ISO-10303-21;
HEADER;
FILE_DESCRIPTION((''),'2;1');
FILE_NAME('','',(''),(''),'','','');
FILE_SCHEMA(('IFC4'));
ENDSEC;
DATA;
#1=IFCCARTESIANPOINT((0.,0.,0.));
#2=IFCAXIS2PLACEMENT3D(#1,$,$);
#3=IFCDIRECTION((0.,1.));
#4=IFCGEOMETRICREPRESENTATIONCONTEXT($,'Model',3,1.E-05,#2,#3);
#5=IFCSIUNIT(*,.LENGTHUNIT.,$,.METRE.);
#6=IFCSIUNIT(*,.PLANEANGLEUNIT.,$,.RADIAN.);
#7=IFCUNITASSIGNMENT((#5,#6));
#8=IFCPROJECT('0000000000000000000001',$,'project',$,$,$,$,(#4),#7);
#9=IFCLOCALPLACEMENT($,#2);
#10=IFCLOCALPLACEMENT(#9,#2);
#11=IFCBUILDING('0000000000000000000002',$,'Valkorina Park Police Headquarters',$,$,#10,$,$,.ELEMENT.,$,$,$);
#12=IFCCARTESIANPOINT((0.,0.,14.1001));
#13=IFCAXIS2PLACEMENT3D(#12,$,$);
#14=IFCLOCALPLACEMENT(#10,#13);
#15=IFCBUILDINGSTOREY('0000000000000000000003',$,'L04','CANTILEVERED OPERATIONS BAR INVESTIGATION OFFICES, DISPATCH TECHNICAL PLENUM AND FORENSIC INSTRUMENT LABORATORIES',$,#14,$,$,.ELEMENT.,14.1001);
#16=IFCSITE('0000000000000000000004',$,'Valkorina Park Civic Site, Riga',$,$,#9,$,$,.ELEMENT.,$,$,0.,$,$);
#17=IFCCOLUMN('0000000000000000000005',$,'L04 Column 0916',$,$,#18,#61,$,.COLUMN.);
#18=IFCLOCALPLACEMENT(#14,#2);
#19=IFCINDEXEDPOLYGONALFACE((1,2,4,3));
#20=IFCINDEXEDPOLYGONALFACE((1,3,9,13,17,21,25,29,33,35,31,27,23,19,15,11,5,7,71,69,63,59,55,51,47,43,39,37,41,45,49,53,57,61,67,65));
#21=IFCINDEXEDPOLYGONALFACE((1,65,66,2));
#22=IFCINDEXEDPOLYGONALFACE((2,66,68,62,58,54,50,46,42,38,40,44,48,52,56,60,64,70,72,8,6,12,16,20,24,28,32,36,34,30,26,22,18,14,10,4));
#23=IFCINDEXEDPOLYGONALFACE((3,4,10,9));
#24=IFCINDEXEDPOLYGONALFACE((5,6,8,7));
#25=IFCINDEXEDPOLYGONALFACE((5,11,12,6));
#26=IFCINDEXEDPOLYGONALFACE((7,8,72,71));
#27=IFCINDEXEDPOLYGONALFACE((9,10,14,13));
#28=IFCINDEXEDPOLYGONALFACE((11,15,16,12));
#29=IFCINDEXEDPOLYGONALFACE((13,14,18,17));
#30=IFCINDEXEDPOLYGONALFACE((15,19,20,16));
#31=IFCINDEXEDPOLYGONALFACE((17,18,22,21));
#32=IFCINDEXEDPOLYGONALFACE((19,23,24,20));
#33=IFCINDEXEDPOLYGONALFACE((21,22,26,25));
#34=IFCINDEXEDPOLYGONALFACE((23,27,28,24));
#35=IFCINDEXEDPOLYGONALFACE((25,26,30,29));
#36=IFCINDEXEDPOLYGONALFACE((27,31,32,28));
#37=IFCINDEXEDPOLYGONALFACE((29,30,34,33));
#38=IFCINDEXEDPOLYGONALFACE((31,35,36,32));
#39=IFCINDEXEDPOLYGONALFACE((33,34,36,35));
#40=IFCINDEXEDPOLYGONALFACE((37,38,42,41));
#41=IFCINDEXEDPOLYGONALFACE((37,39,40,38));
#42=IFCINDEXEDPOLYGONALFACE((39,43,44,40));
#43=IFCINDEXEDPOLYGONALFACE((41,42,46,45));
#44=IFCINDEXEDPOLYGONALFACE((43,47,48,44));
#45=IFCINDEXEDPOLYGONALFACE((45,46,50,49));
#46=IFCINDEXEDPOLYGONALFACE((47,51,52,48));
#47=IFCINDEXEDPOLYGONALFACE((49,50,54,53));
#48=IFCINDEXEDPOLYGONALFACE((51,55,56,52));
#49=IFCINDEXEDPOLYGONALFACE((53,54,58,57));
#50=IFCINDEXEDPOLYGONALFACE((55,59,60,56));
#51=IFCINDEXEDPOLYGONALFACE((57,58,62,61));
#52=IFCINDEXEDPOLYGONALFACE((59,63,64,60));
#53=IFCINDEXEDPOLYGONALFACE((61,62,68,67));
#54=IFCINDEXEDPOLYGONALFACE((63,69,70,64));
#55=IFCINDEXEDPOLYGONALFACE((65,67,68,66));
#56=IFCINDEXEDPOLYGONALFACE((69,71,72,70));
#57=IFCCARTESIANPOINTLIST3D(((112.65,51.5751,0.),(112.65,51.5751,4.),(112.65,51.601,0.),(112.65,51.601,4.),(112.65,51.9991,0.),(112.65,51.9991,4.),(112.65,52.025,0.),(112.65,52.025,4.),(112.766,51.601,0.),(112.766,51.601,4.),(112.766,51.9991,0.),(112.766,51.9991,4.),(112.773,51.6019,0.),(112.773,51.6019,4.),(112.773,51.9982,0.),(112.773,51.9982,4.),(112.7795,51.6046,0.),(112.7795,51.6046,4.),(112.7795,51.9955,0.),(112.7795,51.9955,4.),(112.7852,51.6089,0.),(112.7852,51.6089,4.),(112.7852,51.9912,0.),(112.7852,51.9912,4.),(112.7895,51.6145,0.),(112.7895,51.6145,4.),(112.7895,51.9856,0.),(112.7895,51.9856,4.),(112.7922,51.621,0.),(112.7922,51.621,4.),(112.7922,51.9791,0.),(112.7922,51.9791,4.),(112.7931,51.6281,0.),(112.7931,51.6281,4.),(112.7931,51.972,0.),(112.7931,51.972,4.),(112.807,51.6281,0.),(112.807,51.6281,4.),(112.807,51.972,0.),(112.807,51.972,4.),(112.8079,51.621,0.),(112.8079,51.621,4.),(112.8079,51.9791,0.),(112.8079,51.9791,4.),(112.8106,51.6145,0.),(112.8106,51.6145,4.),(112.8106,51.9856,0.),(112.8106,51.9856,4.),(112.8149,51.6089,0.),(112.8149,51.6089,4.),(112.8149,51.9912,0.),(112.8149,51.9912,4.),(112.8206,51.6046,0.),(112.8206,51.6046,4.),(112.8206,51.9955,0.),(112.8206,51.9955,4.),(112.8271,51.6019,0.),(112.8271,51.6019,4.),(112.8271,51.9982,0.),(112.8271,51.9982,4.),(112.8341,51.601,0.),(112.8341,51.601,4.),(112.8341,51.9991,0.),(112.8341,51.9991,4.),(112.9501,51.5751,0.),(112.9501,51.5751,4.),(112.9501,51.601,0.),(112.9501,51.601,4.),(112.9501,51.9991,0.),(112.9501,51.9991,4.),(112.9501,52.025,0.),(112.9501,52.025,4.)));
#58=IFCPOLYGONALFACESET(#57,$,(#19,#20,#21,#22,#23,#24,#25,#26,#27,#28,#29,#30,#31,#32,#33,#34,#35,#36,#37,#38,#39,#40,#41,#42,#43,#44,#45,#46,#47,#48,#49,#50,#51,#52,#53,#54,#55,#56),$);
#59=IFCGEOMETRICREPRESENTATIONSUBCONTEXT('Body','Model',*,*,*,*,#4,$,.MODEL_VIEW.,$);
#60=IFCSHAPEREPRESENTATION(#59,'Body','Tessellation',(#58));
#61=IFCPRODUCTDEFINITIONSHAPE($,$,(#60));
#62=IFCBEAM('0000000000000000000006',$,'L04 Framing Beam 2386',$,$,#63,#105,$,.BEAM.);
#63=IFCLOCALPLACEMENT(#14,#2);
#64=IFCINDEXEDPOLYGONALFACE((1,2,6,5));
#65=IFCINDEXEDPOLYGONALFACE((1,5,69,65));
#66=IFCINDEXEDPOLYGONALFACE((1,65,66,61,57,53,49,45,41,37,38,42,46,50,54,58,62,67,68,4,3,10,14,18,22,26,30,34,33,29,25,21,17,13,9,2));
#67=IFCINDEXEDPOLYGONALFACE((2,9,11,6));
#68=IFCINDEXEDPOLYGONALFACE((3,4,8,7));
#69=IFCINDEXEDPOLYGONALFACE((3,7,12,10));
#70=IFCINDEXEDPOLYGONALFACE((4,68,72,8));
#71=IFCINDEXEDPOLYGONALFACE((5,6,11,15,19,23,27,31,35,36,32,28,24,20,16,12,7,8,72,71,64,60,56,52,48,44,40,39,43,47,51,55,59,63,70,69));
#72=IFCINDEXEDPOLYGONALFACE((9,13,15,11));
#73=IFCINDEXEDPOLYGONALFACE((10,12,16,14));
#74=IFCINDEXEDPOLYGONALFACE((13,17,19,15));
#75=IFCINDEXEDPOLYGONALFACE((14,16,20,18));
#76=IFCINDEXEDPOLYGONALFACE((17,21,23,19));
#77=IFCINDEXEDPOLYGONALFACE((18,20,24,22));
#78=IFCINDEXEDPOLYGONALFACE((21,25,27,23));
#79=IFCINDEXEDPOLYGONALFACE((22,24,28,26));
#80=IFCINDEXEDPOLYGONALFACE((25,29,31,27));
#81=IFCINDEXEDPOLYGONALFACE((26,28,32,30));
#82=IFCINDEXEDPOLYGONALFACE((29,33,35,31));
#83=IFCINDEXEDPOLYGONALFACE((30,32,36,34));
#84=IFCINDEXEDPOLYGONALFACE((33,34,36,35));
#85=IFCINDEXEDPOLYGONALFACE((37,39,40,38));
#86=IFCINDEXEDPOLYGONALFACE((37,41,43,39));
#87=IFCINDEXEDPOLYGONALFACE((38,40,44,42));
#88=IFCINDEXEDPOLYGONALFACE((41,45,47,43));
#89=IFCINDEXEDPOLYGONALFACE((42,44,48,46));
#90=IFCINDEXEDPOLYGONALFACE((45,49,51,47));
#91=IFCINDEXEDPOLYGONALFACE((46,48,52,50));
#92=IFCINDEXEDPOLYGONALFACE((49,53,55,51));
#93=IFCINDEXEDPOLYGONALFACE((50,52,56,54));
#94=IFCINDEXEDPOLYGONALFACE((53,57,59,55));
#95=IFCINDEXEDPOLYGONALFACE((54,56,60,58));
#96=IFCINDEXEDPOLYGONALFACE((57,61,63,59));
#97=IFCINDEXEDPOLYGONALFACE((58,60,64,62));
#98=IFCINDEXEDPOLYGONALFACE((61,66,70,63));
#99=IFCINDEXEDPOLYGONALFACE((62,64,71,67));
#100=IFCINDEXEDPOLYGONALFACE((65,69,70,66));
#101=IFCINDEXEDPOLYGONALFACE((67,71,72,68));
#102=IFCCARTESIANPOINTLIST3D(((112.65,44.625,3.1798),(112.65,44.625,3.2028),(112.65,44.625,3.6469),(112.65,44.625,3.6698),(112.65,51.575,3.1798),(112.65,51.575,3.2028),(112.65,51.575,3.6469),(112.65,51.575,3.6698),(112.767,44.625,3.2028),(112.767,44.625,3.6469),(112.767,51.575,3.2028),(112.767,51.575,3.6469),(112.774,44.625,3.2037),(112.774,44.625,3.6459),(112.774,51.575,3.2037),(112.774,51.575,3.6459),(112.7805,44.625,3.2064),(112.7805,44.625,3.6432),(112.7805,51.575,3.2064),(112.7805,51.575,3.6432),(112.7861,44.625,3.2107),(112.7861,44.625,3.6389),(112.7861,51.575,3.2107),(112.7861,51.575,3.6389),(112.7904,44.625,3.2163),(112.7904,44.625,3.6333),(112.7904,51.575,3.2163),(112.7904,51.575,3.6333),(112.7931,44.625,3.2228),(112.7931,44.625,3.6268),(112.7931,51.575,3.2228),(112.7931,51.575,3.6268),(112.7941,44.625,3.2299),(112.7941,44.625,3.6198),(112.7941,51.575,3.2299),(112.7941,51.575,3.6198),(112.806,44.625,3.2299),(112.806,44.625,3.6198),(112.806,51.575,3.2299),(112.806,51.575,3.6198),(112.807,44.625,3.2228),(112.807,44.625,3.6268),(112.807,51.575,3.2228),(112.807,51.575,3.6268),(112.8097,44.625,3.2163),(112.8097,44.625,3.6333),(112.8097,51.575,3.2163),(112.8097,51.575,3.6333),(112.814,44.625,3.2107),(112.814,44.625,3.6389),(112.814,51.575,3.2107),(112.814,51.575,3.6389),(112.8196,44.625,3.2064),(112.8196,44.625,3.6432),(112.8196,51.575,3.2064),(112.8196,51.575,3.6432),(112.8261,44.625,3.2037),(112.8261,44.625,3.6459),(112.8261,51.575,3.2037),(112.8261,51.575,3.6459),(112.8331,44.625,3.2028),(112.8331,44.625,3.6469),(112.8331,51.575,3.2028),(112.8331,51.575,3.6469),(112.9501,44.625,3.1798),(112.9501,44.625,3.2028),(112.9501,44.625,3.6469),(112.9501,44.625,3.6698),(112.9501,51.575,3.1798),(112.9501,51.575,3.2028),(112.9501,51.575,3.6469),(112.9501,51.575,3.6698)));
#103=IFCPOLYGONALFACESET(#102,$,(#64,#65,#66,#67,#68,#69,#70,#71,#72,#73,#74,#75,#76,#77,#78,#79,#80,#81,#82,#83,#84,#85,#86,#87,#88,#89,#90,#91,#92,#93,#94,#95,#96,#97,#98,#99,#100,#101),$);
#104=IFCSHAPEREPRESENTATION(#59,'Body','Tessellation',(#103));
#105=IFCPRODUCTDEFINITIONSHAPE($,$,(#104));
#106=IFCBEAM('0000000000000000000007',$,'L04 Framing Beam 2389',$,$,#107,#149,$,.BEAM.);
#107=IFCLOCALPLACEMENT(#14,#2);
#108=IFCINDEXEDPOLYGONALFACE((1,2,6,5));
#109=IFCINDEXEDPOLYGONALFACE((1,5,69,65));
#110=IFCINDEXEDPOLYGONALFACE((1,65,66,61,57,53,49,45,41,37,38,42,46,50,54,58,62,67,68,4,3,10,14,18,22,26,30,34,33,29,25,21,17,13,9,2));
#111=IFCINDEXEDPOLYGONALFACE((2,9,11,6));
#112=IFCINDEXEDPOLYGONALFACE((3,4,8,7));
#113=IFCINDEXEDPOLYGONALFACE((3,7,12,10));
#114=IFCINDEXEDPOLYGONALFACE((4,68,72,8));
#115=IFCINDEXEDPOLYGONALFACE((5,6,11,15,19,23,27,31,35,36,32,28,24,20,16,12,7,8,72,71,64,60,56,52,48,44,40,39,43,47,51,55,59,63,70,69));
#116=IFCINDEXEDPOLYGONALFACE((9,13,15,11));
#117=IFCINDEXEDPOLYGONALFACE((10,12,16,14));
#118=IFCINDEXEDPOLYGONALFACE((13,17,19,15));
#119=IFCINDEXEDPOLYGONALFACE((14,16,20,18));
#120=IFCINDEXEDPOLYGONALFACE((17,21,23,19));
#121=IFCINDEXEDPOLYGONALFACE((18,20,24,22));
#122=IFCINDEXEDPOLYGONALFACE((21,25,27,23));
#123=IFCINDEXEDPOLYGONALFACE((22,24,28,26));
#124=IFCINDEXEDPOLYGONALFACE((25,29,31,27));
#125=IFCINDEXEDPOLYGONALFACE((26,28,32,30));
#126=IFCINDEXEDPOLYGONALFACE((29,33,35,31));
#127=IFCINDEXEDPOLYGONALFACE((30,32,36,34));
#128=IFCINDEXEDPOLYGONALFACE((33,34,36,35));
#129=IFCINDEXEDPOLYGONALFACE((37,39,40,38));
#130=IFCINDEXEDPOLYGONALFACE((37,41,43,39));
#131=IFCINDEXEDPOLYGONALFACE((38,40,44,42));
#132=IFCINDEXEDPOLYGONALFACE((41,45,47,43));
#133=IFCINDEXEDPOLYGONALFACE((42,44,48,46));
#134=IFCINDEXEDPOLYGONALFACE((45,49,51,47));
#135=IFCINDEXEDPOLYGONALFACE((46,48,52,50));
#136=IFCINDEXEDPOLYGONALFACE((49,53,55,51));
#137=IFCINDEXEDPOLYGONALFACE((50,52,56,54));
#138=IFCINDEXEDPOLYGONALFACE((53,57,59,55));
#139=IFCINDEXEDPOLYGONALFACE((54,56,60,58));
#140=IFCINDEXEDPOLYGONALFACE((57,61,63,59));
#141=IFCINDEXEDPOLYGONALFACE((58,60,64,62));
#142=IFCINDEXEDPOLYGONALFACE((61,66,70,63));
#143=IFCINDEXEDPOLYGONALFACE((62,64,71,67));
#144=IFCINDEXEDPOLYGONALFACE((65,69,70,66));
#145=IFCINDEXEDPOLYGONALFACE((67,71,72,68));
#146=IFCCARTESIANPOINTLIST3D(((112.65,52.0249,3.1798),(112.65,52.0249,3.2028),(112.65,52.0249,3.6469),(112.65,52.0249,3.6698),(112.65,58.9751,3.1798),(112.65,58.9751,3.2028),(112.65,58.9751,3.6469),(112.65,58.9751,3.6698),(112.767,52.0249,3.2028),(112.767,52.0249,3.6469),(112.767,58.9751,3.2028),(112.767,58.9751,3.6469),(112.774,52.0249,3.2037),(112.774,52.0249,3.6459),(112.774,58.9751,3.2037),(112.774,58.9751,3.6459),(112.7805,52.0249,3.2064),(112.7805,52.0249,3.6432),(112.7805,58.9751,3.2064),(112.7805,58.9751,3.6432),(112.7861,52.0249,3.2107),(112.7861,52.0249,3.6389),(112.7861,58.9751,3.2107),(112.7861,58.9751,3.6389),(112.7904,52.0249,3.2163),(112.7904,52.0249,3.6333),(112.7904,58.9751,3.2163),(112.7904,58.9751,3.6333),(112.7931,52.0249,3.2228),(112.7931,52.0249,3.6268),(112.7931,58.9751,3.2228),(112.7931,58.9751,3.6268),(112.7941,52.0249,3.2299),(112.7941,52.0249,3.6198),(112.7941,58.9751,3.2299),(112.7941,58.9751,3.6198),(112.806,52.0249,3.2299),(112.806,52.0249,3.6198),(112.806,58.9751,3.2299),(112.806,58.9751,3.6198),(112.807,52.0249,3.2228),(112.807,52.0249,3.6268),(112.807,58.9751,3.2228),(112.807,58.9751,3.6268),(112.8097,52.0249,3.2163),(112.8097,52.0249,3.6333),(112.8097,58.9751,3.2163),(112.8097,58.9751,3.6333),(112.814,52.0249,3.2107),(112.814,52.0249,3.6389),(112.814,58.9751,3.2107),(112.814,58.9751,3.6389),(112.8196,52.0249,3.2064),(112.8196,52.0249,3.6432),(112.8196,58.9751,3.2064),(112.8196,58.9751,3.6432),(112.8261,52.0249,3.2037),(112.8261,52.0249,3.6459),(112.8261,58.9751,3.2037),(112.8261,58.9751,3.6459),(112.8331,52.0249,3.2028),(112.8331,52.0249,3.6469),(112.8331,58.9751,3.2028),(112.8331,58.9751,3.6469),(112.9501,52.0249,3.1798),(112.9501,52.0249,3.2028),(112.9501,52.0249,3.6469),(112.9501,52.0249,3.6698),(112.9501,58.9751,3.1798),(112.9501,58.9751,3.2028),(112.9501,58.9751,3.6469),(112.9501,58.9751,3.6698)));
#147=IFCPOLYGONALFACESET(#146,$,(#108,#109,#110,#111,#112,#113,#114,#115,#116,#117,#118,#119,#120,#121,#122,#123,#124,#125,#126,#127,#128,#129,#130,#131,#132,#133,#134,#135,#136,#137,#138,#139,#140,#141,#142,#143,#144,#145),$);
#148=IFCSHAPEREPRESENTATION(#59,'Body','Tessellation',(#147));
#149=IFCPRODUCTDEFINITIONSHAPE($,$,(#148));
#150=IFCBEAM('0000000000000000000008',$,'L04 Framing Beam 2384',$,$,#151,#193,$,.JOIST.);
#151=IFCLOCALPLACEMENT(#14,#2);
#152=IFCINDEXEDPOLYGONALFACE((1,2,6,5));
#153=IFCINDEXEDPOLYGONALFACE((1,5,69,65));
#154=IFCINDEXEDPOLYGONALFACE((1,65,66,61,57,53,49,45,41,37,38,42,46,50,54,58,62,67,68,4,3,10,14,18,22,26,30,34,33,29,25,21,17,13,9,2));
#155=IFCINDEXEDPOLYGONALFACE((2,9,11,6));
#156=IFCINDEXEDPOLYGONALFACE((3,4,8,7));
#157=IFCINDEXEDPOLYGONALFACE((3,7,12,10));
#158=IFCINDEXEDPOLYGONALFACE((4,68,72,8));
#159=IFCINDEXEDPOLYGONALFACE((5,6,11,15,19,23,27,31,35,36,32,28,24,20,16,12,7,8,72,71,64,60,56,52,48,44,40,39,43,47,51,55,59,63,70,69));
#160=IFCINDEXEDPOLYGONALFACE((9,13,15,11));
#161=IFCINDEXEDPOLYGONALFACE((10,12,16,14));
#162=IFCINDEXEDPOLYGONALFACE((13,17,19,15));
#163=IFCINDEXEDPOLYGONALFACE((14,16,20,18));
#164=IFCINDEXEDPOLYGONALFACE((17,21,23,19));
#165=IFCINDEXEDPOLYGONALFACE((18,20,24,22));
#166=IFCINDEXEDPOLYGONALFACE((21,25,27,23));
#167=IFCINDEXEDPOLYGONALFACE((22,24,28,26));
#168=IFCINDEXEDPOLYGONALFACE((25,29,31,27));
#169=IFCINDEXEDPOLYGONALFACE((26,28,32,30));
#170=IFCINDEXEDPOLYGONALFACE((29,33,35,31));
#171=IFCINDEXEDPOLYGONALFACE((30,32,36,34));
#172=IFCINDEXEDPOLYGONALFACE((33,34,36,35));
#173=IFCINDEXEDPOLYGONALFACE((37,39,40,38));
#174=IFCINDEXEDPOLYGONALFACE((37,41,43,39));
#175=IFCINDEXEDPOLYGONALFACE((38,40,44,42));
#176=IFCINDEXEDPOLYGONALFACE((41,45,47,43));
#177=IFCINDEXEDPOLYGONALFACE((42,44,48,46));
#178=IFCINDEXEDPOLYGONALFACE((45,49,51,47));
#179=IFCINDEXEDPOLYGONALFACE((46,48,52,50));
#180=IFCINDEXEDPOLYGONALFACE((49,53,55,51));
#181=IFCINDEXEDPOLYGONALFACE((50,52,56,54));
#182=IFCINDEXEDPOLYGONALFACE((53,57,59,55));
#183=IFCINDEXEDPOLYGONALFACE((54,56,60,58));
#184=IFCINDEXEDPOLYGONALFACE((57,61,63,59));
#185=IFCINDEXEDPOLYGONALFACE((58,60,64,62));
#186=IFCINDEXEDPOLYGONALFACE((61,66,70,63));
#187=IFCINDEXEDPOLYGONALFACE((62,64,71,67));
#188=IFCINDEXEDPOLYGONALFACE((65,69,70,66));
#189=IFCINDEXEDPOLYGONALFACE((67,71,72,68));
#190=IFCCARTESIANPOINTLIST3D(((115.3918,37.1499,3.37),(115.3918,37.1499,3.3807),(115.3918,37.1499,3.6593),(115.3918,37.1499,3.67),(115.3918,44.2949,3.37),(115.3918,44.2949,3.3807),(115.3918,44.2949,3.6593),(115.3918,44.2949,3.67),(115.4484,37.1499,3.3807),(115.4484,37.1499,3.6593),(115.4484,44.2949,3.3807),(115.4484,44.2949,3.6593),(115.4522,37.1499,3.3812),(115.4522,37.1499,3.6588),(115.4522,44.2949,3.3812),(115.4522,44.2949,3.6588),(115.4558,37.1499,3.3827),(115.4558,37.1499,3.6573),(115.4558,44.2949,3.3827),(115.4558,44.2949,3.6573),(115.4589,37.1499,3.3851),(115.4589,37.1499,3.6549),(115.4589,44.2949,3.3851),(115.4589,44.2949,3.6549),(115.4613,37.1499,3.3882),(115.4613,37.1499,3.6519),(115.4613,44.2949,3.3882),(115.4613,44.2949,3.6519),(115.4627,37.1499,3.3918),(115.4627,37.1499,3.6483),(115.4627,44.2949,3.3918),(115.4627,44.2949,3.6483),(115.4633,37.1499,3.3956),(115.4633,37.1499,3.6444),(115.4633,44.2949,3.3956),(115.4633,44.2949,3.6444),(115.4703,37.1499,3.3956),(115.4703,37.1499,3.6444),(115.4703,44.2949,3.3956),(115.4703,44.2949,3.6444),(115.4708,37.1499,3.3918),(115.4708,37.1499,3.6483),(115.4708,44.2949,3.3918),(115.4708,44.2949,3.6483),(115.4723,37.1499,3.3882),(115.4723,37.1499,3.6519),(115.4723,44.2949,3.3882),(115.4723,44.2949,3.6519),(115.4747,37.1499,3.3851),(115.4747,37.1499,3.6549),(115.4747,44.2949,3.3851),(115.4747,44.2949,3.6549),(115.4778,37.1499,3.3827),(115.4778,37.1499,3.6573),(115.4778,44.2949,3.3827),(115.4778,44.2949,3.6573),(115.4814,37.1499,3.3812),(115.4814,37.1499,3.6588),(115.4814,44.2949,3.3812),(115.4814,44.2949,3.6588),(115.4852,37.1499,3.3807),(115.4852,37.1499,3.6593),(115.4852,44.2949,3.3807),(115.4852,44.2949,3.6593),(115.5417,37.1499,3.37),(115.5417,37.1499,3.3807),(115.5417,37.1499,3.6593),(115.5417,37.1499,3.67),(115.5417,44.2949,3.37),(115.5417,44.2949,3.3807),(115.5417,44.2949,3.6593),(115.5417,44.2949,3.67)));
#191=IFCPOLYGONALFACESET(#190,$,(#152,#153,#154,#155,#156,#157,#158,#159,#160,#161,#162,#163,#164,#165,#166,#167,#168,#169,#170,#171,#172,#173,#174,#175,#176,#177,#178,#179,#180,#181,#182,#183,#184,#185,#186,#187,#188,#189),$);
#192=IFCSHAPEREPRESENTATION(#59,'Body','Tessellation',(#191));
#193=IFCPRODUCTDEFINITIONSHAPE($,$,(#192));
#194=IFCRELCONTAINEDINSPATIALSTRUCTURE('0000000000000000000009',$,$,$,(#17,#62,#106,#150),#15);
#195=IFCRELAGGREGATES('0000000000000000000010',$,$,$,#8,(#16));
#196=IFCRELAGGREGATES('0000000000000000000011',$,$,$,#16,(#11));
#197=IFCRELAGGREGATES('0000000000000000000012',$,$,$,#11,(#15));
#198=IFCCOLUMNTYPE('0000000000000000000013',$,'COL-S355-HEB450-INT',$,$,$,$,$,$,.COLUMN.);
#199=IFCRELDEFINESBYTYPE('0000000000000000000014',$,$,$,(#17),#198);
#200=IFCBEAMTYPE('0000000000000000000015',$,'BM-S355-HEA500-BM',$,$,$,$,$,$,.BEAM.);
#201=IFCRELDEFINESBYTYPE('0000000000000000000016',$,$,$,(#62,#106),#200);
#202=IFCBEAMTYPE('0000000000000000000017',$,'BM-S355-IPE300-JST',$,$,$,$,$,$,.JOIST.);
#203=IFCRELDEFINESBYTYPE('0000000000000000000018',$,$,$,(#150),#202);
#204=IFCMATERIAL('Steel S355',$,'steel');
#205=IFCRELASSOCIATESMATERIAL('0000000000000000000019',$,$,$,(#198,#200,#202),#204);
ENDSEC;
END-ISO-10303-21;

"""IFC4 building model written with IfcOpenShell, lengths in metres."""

from ifc_helpers import new_model, si_unit, direction, frame, origin, origin_2d, place, context, subcontext, project, spatial, i_section, extrude, material, material_profile, profile_set, type_object, element, save


model = new_model("IFC4")

# Units and contexts
model_context = context("Model", 3, precision=1e-05, world=origin(), true_north=direction((0.0, 1.0)))
body_context = subcontext(model_context, "Body", "Model", "MODEL_VIEW")
ifc_project = project(units=[si_unit("LENGTHUNIT", "METRE"), si_unit("PLANEANGLEUNIT", "RADIAN")], contexts=[model_context])

# Site, building, storey
site_placement = place(None, origin())
site = spatial("IfcSite", under=ifc_project, at=site_placement, Name="Valkorina Park Civic Site, Riga", CompositionType="ELEMENT", RefElevation=0.0)
building_placement = place(site_placement, origin())
building = spatial("IfcBuilding", under=site, at=building_placement, Name="Valkorina Park Police Headquarters", CompositionType="ELEMENT")
storey_placement = place(building_placement, frame((0.0, 0.0, 14.1001)))
storey = spatial("IfcBuildingStorey", under=building, at=storey_placement, Name="L04", Description="CANTILEVERED OPERATIONS BAR INVESTIGATION OFFICES, DISPATCH TECHNICAL PLENUM AND FORENSIC INSTRUMENT LABORATORIES", CompositionType="ELEMENT", Elevation=14.1001)

# Column
ifc_material_1 = material(Name="Steel S355", Category="steel")
ifc_material_profile_1 = material_profile(ifc_material_1, i_section(OverallWidth=0.3, OverallDepth=0.45, WebThickness=0.0139, FlangeThickness=0.0259, FilletRadius=0.0271, at=origin_2d()), Name="HEB 450")
ifc_profile_set_1 = profile_set([ifc_material_profile_1], Name="Steel S355")
column_type = type_object("IfcColumnType", Name="COL-S355-HEB450-INT", PredefinedType="COLUMN", material=ifc_profile_set_1)
column_placement = place(storey_placement, frame((112.8, 51.8, 0.0), z_axis=(0.0, 0.0, 1.0), x_axis=(1.0, 0.0, 0.0)))
element("IfcColumn", 1, at=column_placement, inside=storey, type_object=column_type, Name="L04 Column 0916", PredefinedType="COLUMN", context=body_context, shape_type="SweptSolid", body=[
    extrude(i_section(OverallWidth=0.3, OverallDepth=0.45, WebThickness=0.0139, FlangeThickness=0.0259, FilletRadius=0.0271, at=origin_2d()), origin(), (0.0, 0.0, 1.0), 4.0),
])

# Beams
ifc_material_profile_2 = material_profile(ifc_material_1, i_section(OverallWidth=0.3, OverallDepth=0.49, WebThickness=0.012, FlangeThickness=0.0229, FilletRadius=0.0271, at=origin_2d()), Name="HEA 500")
ifc_profile_set_2 = profile_set([ifc_material_profile_2], Name="Steel S355")
beam_type_1 = type_object("IfcBeamType", Name="BM-S355-HEA500-BM", PredefinedType="BEAM", material=ifc_profile_set_2)
beam_1_placement = place(storey_placement, frame((112.8, 44.625, 3.4248), z_axis=(0.0, 1.0, 0.0), x_axis=(-1.0, 0.0, 0.0)))
element("IfcBeam", 2, at=beam_1_placement, inside=storey, type_object=beam_type_1, Name="L04 Framing Beam 2386", PredefinedType="BEAM", context=body_context, shape_type="SweptSolid", body=[
    extrude(i_section(OverallWidth=0.3, OverallDepth=0.49, WebThickness=0.012, FlangeThickness=0.0229, FilletRadius=0.0271, at=origin_2d()), origin(), (0.0, 0.0, 1.0), 6.95),
])
beam_2_placement = place(storey_placement, frame((112.8, 52.0249, 3.4248), z_axis=(0.0, 1.0, 0.0), x_axis=(-1.0, 0.0, 0.0)))
element("IfcBeam", 3, at=beam_2_placement, inside=storey, type_object=beam_type_1, Name="L04 Framing Beam 2389", PredefinedType="BEAM", context=body_context, shape_type="SweptSolid", body=[
    extrude(i_section(OverallWidth=0.3, OverallDepth=0.49, WebThickness=0.012, FlangeThickness=0.0229, FilletRadius=0.0271, at=origin_2d()), origin(), (0.0, 0.0, 1.0), 6.9502),
])
ifc_material_profile_3 = material_profile(ifc_material_1, i_section(OverallWidth=0.1499, OverallDepth=0.3, WebThickness=0.0071, FlangeThickness=0.0107, FilletRadius=0.0149, at=origin_2d()), Name="IPE 300")
ifc_profile_set_3 = profile_set([ifc_material_profile_3], Name="Steel S355")
beam_type_2 = type_object("IfcBeamType", Name="BM-S355-IPE300-JST", PredefinedType="JOIST", material=ifc_profile_set_3)
for number, where, z_axis, x_axis, name in (
    (4, (115.4668, 37.1499, 3.52), (0.0, 1.0, 0.0), (-1.0, 0.0, 0.0), "L04 Framing Beam 2384"),
):
    element("IfcBeam", number, at=place(storey_placement, frame(where, z_axis=z_axis, x_axis=x_axis)), inside=storey, type_object=beam_type_2, Name=name, PredefinedType="JOIST", context=body_context, shape_type="SweptSolid", body=[
        extrude(i_section(OverallWidth=0.1499, OverallDepth=0.3, WebThickness=0.0071, FlangeThickness=0.0107, FilletRadius=0.0149, at=origin_2d()), origin(), (0.0, 0.0, 1.0), 7.145),
    ])

save(model, "model.ifc")
